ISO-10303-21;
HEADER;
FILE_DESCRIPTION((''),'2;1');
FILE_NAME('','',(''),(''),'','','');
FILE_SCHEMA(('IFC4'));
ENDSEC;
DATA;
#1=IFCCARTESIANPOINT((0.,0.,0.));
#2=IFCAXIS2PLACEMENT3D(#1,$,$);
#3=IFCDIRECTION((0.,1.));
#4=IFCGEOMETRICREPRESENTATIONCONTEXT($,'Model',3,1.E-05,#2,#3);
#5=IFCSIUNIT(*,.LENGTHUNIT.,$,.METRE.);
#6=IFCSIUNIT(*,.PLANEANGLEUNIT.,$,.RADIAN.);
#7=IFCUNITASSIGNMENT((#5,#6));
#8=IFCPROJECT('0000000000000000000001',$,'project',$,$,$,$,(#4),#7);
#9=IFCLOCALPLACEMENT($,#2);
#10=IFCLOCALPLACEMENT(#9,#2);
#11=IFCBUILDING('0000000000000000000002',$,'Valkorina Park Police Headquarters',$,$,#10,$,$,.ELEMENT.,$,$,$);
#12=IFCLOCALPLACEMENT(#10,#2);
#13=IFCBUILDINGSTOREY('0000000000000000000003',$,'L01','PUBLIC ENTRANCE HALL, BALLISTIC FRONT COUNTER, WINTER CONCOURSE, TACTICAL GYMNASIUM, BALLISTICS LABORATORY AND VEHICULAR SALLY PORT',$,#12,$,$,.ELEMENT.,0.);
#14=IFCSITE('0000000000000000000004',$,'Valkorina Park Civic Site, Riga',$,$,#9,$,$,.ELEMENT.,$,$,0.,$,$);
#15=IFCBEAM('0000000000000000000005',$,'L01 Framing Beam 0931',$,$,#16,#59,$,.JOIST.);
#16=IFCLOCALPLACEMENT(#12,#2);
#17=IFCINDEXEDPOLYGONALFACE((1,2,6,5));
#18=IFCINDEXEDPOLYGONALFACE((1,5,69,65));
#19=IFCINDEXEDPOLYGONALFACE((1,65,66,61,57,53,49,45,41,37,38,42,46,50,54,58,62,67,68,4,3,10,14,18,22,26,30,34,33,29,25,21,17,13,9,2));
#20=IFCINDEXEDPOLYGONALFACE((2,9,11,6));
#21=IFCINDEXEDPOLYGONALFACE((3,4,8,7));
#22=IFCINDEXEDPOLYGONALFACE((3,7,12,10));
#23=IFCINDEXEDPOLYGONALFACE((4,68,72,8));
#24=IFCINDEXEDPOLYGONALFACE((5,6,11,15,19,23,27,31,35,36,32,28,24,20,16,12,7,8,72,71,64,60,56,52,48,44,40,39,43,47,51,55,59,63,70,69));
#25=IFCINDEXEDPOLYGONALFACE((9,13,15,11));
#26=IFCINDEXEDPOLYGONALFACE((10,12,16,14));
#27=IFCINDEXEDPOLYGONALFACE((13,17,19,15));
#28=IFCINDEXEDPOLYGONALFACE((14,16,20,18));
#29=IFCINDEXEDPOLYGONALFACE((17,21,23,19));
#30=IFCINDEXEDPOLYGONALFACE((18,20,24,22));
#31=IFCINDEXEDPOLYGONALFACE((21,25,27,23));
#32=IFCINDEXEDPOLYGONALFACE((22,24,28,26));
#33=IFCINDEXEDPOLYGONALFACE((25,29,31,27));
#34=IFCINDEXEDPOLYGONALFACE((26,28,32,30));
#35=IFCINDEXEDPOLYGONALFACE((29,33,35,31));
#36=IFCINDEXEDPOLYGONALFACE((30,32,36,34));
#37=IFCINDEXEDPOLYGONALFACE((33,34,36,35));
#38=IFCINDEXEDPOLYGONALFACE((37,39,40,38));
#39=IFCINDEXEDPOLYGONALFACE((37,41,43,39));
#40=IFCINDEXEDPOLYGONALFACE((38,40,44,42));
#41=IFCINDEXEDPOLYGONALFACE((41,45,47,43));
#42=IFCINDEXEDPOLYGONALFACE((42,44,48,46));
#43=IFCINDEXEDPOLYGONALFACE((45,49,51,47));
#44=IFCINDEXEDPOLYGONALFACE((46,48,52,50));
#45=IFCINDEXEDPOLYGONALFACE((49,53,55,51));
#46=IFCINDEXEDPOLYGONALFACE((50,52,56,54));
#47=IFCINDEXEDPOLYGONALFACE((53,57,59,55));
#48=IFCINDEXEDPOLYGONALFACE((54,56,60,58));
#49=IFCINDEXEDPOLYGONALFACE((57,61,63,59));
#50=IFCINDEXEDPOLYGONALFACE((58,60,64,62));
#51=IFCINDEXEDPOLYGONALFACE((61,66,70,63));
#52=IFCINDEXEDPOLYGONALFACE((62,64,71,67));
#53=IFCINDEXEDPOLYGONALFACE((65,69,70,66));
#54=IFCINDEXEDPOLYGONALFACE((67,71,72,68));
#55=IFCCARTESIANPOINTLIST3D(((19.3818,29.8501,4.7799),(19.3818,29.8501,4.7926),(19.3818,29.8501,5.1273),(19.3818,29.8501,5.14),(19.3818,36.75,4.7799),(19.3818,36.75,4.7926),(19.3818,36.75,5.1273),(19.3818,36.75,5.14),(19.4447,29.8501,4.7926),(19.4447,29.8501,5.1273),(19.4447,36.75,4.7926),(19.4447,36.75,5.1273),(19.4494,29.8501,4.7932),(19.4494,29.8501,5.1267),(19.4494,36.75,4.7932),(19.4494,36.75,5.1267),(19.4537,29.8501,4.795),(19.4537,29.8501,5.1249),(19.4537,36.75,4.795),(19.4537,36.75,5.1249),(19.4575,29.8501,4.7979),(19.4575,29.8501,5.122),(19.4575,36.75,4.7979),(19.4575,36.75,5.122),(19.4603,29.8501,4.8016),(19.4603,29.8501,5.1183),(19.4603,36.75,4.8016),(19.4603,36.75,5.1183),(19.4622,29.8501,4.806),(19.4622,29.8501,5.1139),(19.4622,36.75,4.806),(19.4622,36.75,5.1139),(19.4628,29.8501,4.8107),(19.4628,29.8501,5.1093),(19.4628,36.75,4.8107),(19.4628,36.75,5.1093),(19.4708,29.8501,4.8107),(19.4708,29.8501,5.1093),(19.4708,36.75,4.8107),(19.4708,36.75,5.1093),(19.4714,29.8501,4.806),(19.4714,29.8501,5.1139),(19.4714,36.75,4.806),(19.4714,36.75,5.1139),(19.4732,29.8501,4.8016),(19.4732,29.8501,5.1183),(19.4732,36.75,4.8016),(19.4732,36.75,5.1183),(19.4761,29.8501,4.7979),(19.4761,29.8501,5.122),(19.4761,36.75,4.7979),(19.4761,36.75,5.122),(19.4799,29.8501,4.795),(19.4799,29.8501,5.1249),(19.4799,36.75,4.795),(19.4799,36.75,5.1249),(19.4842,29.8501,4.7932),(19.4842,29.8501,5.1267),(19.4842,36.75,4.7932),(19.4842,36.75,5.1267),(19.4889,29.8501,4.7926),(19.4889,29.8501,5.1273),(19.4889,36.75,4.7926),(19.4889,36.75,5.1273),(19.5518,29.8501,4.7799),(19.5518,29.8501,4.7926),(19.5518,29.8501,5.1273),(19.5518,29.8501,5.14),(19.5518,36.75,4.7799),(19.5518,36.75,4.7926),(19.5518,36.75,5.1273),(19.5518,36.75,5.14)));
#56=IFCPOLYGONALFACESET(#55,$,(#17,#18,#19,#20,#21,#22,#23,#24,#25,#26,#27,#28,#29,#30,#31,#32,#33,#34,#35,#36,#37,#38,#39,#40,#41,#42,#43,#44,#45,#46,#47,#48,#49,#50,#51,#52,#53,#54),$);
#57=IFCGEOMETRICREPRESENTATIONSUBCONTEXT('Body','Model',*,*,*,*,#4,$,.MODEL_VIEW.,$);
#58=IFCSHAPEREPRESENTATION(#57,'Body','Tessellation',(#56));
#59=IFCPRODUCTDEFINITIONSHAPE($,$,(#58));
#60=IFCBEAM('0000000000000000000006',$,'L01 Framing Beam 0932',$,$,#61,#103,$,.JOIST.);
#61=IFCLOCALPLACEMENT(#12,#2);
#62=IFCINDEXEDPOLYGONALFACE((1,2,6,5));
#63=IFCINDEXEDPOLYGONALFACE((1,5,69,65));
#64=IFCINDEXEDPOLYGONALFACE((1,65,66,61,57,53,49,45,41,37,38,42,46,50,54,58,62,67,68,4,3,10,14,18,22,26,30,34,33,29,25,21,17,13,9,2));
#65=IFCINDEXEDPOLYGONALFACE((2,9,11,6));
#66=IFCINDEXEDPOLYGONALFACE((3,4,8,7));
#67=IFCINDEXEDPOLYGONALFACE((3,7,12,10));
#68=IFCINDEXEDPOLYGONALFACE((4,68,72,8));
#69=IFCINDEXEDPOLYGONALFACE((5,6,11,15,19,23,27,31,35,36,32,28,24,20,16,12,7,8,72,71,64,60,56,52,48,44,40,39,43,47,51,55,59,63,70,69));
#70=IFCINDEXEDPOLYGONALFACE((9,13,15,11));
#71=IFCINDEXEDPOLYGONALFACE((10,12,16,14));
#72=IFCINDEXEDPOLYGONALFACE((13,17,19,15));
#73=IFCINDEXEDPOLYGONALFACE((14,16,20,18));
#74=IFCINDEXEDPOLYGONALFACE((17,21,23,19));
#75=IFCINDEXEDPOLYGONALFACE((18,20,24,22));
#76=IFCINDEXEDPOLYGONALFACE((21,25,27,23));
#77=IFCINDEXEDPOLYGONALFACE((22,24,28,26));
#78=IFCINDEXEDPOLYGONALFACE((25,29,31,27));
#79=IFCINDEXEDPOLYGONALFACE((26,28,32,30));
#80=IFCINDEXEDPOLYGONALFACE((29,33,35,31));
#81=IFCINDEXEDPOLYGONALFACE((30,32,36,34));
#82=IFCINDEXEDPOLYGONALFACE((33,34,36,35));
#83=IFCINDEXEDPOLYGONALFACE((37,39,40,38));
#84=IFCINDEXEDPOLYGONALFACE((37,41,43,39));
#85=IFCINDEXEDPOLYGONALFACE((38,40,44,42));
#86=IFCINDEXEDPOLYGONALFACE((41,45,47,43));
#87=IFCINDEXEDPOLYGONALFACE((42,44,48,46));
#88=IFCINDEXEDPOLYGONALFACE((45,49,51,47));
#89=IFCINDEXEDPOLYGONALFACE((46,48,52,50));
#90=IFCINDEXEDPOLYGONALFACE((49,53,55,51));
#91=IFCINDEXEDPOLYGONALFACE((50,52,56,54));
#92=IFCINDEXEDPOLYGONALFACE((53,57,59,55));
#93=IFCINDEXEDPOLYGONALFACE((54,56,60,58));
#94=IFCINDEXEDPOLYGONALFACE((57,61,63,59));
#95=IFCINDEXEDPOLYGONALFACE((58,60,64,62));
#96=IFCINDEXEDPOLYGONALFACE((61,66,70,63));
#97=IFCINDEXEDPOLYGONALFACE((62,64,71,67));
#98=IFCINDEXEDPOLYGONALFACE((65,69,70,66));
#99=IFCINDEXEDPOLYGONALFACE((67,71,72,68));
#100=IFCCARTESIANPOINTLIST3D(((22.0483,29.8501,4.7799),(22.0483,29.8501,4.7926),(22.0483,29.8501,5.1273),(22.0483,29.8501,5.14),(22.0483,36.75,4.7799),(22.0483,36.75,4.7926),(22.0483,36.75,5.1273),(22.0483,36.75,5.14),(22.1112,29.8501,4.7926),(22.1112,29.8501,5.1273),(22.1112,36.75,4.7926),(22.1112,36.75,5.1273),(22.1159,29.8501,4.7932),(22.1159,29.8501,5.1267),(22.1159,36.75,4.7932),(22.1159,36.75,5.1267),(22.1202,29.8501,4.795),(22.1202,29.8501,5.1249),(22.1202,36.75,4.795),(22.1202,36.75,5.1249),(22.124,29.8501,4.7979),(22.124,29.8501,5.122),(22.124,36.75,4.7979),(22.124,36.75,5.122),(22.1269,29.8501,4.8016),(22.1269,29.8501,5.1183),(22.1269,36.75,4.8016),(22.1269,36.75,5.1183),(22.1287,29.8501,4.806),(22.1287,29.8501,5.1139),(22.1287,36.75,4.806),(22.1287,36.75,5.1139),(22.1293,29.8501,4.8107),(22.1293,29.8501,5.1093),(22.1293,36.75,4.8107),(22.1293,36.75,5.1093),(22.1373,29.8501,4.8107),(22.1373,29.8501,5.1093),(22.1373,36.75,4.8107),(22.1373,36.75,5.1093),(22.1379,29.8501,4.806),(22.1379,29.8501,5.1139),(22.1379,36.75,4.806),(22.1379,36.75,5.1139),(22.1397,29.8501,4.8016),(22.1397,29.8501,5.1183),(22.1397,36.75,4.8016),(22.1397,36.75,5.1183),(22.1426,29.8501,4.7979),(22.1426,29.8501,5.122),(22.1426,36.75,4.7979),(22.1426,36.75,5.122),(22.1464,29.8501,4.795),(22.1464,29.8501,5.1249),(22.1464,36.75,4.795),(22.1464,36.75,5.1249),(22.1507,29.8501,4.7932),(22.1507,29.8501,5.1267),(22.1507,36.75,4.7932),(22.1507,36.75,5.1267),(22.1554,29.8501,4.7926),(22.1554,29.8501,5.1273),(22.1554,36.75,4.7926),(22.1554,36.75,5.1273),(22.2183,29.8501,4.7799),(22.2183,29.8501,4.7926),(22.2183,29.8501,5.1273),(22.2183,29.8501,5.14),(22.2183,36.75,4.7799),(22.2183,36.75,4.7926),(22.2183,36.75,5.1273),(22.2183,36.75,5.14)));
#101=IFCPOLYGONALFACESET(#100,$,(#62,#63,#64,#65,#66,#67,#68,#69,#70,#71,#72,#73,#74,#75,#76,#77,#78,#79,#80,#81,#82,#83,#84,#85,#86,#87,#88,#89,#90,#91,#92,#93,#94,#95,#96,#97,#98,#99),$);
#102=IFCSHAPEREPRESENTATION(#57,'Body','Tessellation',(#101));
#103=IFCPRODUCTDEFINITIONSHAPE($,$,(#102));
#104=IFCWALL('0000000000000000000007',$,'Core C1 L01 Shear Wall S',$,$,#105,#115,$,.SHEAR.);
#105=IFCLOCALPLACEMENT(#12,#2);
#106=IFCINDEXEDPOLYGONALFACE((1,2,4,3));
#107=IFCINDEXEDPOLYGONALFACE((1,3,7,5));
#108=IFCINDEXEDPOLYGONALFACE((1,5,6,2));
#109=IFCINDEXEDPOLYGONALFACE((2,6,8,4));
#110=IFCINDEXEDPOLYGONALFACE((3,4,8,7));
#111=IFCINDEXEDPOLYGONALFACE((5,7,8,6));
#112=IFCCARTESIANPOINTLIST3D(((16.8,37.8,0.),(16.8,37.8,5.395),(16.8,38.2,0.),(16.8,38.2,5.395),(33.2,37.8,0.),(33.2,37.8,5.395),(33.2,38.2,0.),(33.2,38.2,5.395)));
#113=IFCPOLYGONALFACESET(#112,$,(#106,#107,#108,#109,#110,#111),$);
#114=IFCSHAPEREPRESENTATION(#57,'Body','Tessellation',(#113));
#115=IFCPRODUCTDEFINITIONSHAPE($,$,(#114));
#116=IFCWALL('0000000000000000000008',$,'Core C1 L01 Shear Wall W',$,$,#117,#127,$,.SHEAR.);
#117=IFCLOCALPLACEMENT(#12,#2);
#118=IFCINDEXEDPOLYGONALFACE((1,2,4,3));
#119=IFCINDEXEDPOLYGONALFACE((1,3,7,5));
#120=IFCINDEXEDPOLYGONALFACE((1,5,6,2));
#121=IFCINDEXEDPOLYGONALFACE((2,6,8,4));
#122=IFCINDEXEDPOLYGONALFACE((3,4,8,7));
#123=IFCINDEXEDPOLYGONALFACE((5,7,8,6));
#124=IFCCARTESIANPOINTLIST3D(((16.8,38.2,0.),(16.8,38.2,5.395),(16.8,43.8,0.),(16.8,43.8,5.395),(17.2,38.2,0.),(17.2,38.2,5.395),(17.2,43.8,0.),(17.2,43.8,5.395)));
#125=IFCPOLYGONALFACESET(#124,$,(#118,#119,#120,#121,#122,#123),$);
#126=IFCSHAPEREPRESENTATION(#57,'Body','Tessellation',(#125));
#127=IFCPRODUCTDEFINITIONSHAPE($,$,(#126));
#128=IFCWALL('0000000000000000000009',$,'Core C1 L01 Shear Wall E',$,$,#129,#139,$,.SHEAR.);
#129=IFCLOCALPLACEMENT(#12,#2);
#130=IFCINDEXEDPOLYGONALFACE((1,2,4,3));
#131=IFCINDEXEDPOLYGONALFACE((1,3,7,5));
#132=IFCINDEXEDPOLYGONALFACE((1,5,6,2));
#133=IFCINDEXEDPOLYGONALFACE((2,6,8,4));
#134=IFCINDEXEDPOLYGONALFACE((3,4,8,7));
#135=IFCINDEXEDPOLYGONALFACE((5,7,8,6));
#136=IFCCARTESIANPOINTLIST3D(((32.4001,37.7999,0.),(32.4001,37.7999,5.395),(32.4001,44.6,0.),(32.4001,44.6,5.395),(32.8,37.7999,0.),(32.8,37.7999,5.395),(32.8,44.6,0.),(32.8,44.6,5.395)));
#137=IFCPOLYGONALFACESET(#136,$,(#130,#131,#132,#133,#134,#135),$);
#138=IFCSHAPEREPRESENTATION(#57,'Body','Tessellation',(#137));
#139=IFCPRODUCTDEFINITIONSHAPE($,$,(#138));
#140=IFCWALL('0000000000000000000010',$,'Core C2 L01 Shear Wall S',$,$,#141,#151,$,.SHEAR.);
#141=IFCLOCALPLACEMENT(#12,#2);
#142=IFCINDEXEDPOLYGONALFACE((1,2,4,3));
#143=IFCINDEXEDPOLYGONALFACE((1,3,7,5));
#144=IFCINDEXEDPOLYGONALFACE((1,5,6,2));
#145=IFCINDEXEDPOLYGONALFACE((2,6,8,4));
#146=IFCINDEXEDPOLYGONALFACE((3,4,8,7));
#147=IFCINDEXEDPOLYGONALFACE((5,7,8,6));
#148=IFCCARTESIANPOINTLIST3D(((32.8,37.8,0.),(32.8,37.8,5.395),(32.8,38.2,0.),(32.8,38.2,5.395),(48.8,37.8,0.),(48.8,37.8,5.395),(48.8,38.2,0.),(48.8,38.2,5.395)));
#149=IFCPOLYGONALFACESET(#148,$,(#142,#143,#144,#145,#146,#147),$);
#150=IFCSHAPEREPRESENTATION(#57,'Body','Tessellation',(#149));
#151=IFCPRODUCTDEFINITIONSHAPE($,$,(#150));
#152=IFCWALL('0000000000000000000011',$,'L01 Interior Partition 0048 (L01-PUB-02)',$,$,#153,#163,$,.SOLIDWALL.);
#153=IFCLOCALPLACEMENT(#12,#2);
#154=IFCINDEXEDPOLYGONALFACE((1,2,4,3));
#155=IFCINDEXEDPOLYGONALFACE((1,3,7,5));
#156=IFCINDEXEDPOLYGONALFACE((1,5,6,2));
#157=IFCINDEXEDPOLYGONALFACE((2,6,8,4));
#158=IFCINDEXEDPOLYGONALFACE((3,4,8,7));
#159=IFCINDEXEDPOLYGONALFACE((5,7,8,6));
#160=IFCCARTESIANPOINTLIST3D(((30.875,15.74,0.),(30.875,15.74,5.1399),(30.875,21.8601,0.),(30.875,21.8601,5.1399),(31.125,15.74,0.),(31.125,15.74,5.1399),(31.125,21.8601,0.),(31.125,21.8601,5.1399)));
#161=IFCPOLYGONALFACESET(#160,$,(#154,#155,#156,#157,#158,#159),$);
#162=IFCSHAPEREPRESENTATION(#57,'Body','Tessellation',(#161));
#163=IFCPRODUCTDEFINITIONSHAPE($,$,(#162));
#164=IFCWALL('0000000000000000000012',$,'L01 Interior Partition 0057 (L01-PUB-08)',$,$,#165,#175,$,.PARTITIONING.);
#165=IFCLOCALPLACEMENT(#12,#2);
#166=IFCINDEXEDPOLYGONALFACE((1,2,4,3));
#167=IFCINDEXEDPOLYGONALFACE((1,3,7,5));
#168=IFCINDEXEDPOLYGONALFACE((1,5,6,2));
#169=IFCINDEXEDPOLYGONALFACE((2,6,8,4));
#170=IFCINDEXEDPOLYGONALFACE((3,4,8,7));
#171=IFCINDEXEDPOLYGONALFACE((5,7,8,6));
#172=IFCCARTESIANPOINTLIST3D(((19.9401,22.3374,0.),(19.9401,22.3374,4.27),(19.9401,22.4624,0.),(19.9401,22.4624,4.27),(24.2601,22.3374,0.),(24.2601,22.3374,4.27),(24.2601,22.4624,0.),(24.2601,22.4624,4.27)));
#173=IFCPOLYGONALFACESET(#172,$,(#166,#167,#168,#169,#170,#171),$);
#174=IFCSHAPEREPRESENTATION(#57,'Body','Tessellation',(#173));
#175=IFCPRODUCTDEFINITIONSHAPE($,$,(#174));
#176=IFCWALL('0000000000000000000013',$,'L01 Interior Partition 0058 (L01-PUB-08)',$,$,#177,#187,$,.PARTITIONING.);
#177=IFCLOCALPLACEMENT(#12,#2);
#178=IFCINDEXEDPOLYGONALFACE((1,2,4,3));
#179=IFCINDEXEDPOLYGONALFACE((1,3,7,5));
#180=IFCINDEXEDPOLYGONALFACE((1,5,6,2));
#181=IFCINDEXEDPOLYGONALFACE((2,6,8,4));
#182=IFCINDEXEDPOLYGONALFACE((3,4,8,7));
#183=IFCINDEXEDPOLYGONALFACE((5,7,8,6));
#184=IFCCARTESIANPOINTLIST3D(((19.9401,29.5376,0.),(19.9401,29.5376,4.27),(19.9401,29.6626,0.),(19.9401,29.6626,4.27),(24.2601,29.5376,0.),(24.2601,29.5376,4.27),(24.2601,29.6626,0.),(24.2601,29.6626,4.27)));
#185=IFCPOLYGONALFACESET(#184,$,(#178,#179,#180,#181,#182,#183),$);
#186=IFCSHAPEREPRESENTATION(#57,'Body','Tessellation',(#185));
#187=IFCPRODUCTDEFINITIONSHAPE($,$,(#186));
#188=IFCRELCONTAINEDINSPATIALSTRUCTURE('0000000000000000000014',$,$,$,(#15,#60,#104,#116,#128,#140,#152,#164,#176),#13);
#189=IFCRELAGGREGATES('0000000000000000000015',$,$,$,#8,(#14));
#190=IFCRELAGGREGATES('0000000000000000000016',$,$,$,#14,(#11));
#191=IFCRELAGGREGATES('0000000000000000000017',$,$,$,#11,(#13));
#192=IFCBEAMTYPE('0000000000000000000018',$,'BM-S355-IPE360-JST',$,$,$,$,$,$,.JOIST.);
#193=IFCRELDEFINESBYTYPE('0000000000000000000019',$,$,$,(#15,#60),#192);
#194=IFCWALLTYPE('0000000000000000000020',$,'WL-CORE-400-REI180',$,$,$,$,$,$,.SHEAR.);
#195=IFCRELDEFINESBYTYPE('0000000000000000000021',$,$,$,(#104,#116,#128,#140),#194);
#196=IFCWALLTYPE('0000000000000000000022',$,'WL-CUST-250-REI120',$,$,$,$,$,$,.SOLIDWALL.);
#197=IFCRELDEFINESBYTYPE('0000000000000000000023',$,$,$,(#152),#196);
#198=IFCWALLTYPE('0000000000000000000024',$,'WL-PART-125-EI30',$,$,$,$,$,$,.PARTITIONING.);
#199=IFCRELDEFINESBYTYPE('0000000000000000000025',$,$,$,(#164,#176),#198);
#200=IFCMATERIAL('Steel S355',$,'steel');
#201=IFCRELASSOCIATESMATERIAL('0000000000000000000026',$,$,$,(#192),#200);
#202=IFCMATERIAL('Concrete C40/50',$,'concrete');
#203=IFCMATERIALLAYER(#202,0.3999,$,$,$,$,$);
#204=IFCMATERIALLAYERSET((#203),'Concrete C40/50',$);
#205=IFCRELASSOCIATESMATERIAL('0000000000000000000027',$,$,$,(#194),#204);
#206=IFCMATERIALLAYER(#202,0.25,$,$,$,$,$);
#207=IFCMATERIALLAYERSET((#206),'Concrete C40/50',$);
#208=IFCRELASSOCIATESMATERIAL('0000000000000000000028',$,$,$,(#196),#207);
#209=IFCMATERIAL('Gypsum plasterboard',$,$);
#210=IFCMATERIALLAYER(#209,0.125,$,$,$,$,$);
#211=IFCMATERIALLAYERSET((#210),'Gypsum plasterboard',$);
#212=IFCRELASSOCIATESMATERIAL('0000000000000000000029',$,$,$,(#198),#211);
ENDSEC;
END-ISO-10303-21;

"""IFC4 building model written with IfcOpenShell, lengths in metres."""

from ifc_helpers import new_model, si_unit, direction, frame, frame_2d, origin, origin_2d, place, context, subcontext, project, spatial, rectangle, i_section, extrude, material, layer, layer_set, material_profile, profile_set, type_object, element, save


model = new_model("IFC4")

# Units and contexts
model_context = context("Model", 3, precision=1e-05, world=origin(), true_north=direction((0.0, 1.0)))
body_context = subcontext(model_context, "Body", "Model", "MODEL_VIEW")
ifc_project = project(units=[si_unit("LENGTHUNIT", "METRE"), si_unit("PLANEANGLEUNIT", "RADIAN")], contexts=[model_context])

# Site, building, storey
site_placement = place(None, origin())
site = spatial("IfcSite", under=ifc_project, at=site_placement, Name="Valkorina Park Civic Site, Riga", CompositionType="ELEMENT", RefElevation=0.0)
building_placement = place(site_placement, origin())
building = spatial("IfcBuilding", under=site, at=building_placement, Name="Valkorina Park Police Headquarters", CompositionType="ELEMENT")
storey_placement = place(building_placement, origin())
storey = spatial("IfcBuildingStorey", under=building, at=storey_placement, Name="L01", Description="PUBLIC ENTRANCE HALL, BALLISTIC FRONT COUNTER, WINTER CONCOURSE, TACTICAL GYMNASIUM, BALLISTICS LABORATORY AND VEHICULAR SALLY PORT", CompositionType="ELEMENT", Elevation=0.0)

# Shared definitions
ifc_material_1 = material(Name="Concrete C40/50", Category="concrete")

# Beams
ifc_material_2 = material(Name="Steel S355", Category="steel")
ifc_material_profile_1 = material_profile(ifc_material_2, i_section(OverallWidth=0.1699, OverallDepth=0.3601, WebThickness=0.0081, FlangeThickness=0.0127, FilletRadius=0.0181, at=origin_2d()), Name="IPE 360")
ifc_profile_set_1 = profile_set([ifc_material_profile_1], Name="Steel S355")
beam_type_1 = type_object("IfcBeamType", Name="BM-S355-IPE360-JST", PredefinedType="JOIST", material=ifc_profile_set_1)
for number, where, z_axis, x_axis, name in (
    (1, (19.4668, 29.8501, 4.96), (0.0, 1.0, 0.0), (-1.0, 0.0, 0.0), "L01 Framing Beam 0931"),
    (2, (22.1333, 29.8501, 4.96), (0.0, 1.0, 0.0), (-1.0, 0.0, 0.0), "L01 Framing Beam 0932"),
):
    element("IfcBeam", number, at=place(storey_placement, frame(where, z_axis=z_axis, x_axis=x_axis)), inside=storey, type_object=beam_type_1, Name=name, PredefinedType="JOIST", context=body_context, shape_type="SweptSolid", body=[
        extrude(i_section(OverallWidth=0.1699, OverallDepth=0.3601, WebThickness=0.0081, FlangeThickness=0.0127, FilletRadius=0.0181, at=origin_2d()), origin(), (0.0, 0.0, 1.0), 6.8999),
    ])

# Walls
ifc_layer_1 = layer(ifc_material_1, 0.3999)
ifc_layer_set_1 = layer_set([ifc_layer_1], Name="Concrete C40/50")
wall_type_1 = type_object("IfcWallType", Name="WL-CORE-400-REI180", PredefinedType="SHEAR", material=ifc_layer_set_1)
wall_1_placement = place(storey_placement, frame((16.8, 38.0, 0.0), z_axis=(0.0, 0.0, 1.0), x_axis=(1.0, 0.0, 0.0)))
element("IfcWall", 3, at=wall_1_placement, inside=storey, type_object=wall_type_1, Name="Core C1 L01 Shear Wall S", PredefinedType="SHEAR", context=body_context, shape_type="SweptSolid", body=[
    extrude(rectangle(XDim=16.3999, YDim=0.3999, at=frame_2d((8.2, 0.0))), origin(), (0.0, 0.0, 1.0), 5.395),
])
wall_2_placement = place(storey_placement, frame((17.0, 38.2, 0.0), z_axis=(0.0, 0.0, 1.0), x_axis=(0.0, 1.0, 0.0)))
element("IfcWall", 4, at=wall_2_placement, inside=storey, type_object=wall_type_1, Name="Core C1 L01 Shear Wall W", PredefinedType="SHEAR", context=body_context, shape_type="SweptSolid", body=[
    extrude(rectangle(XDim=5.6001, YDim=0.3999, at=frame_2d((2.8, 0.0))), origin(), (0.0, 0.0, 1.0), 5.395),
])
wall_3_placement = place(storey_placement, frame((32.6001, 37.8, 0.0), z_axis=(0.0, 0.0, 1.0), x_axis=(0.0, 1.0, 0.0)))
element("IfcWall", 5, at=wall_3_placement, inside=storey, type_object=wall_type_1, Name="Core C1 L01 Shear Wall E", PredefinedType="SHEAR", context=body_context, shape_type="SweptSolid", body=[
    extrude(rectangle(XDim=6.8, YDim=0.3999, at=frame_2d((3.3999, 0.0))), origin(), (0.0, 0.0, 1.0), 5.395),
])
wall_4_placement = place(storey_placement, frame((32.8, 38.0, 0.0), z_axis=(0.0, 0.0, 1.0), x_axis=(1.0, 0.0, 0.0)))
element("IfcWall", 6, at=wall_4_placement, inside=storey, type_object=wall_type_1, Name="Core C2 L01 Shear Wall S", PredefinedType="SHEAR", context=body_context, shape_type="SweptSolid", body=[
    extrude(rectangle(XDim=16.0, YDim=0.3999, at=frame_2d((8.0, 0.0))), origin(), (0.0, 0.0, 1.0), 5.395),
])
ifc_layer_2 = layer(ifc_material_1, 0.25)
ifc_layer_set_2 = layer_set([ifc_layer_2], Name="Concrete C40/50")
wall_type_2 = type_object("IfcWallType", Name="WL-CUST-250-REI120", PredefinedType="SOLIDWALL", material=ifc_layer_set_2)
wall_5_placement = place(storey_placement, frame((31.0, 15.74, 0.0), z_axis=(0.0, 0.0, 1.0), x_axis=(0.0, 1.0, 0.0)))
element("IfcWall", 7, at=wall_5_placement, inside=storey, type_object=wall_type_2, Name="L01 Interior Partition 0048 (L01-PUB-02)", PredefinedType="SOLIDWALL", context=body_context, shape_type="SweptSolid", body=[
    extrude(rectangle(XDim=6.1201, YDim=0.25, at=frame_2d((3.0601, 0.0))), origin(), (0.0, 0.0, 1.0), 5.1399),
])
ifc_material_3 = material(Name="Gypsum plasterboard")
ifc_layer_3 = layer(ifc_material_3, 0.125)
ifc_layer_set_3 = layer_set([ifc_layer_3], Name="Gypsum plasterboard")
wall_type_3 = type_object("IfcWallType", Name="WL-PART-125-EI30", PredefinedType="PARTITIONING", material=ifc_layer_set_3)
for number, where, z_axis, x_axis, name in (
    (8, (19.9399, 22.3999, 0.0), (0.0, 0.0, 1.0), (1.0, 0.0, 0.0), "L01 Interior Partition 0057 (L01-PUB-08)"),
    (9, (19.9399, 29.6001, 0.0), (0.0, 0.0, 1.0), (1.0, 0.0, 0.0), "L01 Interior Partition 0058 (L01-PUB-08)"),
):
    element("IfcWall", number, at=place(storey_placement, frame(where, z_axis=z_axis, x_axis=x_axis)), inside=storey, type_object=wall_type_3, Name=name, PredefinedType="PARTITIONING", context=body_context, shape_type="SweptSolid", body=[
        extrude(rectangle(XDim=4.3201, YDim=0.125, at=frame_2d((2.1602, 0.0))), origin(), (0.0, 0.0, 1.0), 4.27),
    ])

save(model, "model.ifc")
